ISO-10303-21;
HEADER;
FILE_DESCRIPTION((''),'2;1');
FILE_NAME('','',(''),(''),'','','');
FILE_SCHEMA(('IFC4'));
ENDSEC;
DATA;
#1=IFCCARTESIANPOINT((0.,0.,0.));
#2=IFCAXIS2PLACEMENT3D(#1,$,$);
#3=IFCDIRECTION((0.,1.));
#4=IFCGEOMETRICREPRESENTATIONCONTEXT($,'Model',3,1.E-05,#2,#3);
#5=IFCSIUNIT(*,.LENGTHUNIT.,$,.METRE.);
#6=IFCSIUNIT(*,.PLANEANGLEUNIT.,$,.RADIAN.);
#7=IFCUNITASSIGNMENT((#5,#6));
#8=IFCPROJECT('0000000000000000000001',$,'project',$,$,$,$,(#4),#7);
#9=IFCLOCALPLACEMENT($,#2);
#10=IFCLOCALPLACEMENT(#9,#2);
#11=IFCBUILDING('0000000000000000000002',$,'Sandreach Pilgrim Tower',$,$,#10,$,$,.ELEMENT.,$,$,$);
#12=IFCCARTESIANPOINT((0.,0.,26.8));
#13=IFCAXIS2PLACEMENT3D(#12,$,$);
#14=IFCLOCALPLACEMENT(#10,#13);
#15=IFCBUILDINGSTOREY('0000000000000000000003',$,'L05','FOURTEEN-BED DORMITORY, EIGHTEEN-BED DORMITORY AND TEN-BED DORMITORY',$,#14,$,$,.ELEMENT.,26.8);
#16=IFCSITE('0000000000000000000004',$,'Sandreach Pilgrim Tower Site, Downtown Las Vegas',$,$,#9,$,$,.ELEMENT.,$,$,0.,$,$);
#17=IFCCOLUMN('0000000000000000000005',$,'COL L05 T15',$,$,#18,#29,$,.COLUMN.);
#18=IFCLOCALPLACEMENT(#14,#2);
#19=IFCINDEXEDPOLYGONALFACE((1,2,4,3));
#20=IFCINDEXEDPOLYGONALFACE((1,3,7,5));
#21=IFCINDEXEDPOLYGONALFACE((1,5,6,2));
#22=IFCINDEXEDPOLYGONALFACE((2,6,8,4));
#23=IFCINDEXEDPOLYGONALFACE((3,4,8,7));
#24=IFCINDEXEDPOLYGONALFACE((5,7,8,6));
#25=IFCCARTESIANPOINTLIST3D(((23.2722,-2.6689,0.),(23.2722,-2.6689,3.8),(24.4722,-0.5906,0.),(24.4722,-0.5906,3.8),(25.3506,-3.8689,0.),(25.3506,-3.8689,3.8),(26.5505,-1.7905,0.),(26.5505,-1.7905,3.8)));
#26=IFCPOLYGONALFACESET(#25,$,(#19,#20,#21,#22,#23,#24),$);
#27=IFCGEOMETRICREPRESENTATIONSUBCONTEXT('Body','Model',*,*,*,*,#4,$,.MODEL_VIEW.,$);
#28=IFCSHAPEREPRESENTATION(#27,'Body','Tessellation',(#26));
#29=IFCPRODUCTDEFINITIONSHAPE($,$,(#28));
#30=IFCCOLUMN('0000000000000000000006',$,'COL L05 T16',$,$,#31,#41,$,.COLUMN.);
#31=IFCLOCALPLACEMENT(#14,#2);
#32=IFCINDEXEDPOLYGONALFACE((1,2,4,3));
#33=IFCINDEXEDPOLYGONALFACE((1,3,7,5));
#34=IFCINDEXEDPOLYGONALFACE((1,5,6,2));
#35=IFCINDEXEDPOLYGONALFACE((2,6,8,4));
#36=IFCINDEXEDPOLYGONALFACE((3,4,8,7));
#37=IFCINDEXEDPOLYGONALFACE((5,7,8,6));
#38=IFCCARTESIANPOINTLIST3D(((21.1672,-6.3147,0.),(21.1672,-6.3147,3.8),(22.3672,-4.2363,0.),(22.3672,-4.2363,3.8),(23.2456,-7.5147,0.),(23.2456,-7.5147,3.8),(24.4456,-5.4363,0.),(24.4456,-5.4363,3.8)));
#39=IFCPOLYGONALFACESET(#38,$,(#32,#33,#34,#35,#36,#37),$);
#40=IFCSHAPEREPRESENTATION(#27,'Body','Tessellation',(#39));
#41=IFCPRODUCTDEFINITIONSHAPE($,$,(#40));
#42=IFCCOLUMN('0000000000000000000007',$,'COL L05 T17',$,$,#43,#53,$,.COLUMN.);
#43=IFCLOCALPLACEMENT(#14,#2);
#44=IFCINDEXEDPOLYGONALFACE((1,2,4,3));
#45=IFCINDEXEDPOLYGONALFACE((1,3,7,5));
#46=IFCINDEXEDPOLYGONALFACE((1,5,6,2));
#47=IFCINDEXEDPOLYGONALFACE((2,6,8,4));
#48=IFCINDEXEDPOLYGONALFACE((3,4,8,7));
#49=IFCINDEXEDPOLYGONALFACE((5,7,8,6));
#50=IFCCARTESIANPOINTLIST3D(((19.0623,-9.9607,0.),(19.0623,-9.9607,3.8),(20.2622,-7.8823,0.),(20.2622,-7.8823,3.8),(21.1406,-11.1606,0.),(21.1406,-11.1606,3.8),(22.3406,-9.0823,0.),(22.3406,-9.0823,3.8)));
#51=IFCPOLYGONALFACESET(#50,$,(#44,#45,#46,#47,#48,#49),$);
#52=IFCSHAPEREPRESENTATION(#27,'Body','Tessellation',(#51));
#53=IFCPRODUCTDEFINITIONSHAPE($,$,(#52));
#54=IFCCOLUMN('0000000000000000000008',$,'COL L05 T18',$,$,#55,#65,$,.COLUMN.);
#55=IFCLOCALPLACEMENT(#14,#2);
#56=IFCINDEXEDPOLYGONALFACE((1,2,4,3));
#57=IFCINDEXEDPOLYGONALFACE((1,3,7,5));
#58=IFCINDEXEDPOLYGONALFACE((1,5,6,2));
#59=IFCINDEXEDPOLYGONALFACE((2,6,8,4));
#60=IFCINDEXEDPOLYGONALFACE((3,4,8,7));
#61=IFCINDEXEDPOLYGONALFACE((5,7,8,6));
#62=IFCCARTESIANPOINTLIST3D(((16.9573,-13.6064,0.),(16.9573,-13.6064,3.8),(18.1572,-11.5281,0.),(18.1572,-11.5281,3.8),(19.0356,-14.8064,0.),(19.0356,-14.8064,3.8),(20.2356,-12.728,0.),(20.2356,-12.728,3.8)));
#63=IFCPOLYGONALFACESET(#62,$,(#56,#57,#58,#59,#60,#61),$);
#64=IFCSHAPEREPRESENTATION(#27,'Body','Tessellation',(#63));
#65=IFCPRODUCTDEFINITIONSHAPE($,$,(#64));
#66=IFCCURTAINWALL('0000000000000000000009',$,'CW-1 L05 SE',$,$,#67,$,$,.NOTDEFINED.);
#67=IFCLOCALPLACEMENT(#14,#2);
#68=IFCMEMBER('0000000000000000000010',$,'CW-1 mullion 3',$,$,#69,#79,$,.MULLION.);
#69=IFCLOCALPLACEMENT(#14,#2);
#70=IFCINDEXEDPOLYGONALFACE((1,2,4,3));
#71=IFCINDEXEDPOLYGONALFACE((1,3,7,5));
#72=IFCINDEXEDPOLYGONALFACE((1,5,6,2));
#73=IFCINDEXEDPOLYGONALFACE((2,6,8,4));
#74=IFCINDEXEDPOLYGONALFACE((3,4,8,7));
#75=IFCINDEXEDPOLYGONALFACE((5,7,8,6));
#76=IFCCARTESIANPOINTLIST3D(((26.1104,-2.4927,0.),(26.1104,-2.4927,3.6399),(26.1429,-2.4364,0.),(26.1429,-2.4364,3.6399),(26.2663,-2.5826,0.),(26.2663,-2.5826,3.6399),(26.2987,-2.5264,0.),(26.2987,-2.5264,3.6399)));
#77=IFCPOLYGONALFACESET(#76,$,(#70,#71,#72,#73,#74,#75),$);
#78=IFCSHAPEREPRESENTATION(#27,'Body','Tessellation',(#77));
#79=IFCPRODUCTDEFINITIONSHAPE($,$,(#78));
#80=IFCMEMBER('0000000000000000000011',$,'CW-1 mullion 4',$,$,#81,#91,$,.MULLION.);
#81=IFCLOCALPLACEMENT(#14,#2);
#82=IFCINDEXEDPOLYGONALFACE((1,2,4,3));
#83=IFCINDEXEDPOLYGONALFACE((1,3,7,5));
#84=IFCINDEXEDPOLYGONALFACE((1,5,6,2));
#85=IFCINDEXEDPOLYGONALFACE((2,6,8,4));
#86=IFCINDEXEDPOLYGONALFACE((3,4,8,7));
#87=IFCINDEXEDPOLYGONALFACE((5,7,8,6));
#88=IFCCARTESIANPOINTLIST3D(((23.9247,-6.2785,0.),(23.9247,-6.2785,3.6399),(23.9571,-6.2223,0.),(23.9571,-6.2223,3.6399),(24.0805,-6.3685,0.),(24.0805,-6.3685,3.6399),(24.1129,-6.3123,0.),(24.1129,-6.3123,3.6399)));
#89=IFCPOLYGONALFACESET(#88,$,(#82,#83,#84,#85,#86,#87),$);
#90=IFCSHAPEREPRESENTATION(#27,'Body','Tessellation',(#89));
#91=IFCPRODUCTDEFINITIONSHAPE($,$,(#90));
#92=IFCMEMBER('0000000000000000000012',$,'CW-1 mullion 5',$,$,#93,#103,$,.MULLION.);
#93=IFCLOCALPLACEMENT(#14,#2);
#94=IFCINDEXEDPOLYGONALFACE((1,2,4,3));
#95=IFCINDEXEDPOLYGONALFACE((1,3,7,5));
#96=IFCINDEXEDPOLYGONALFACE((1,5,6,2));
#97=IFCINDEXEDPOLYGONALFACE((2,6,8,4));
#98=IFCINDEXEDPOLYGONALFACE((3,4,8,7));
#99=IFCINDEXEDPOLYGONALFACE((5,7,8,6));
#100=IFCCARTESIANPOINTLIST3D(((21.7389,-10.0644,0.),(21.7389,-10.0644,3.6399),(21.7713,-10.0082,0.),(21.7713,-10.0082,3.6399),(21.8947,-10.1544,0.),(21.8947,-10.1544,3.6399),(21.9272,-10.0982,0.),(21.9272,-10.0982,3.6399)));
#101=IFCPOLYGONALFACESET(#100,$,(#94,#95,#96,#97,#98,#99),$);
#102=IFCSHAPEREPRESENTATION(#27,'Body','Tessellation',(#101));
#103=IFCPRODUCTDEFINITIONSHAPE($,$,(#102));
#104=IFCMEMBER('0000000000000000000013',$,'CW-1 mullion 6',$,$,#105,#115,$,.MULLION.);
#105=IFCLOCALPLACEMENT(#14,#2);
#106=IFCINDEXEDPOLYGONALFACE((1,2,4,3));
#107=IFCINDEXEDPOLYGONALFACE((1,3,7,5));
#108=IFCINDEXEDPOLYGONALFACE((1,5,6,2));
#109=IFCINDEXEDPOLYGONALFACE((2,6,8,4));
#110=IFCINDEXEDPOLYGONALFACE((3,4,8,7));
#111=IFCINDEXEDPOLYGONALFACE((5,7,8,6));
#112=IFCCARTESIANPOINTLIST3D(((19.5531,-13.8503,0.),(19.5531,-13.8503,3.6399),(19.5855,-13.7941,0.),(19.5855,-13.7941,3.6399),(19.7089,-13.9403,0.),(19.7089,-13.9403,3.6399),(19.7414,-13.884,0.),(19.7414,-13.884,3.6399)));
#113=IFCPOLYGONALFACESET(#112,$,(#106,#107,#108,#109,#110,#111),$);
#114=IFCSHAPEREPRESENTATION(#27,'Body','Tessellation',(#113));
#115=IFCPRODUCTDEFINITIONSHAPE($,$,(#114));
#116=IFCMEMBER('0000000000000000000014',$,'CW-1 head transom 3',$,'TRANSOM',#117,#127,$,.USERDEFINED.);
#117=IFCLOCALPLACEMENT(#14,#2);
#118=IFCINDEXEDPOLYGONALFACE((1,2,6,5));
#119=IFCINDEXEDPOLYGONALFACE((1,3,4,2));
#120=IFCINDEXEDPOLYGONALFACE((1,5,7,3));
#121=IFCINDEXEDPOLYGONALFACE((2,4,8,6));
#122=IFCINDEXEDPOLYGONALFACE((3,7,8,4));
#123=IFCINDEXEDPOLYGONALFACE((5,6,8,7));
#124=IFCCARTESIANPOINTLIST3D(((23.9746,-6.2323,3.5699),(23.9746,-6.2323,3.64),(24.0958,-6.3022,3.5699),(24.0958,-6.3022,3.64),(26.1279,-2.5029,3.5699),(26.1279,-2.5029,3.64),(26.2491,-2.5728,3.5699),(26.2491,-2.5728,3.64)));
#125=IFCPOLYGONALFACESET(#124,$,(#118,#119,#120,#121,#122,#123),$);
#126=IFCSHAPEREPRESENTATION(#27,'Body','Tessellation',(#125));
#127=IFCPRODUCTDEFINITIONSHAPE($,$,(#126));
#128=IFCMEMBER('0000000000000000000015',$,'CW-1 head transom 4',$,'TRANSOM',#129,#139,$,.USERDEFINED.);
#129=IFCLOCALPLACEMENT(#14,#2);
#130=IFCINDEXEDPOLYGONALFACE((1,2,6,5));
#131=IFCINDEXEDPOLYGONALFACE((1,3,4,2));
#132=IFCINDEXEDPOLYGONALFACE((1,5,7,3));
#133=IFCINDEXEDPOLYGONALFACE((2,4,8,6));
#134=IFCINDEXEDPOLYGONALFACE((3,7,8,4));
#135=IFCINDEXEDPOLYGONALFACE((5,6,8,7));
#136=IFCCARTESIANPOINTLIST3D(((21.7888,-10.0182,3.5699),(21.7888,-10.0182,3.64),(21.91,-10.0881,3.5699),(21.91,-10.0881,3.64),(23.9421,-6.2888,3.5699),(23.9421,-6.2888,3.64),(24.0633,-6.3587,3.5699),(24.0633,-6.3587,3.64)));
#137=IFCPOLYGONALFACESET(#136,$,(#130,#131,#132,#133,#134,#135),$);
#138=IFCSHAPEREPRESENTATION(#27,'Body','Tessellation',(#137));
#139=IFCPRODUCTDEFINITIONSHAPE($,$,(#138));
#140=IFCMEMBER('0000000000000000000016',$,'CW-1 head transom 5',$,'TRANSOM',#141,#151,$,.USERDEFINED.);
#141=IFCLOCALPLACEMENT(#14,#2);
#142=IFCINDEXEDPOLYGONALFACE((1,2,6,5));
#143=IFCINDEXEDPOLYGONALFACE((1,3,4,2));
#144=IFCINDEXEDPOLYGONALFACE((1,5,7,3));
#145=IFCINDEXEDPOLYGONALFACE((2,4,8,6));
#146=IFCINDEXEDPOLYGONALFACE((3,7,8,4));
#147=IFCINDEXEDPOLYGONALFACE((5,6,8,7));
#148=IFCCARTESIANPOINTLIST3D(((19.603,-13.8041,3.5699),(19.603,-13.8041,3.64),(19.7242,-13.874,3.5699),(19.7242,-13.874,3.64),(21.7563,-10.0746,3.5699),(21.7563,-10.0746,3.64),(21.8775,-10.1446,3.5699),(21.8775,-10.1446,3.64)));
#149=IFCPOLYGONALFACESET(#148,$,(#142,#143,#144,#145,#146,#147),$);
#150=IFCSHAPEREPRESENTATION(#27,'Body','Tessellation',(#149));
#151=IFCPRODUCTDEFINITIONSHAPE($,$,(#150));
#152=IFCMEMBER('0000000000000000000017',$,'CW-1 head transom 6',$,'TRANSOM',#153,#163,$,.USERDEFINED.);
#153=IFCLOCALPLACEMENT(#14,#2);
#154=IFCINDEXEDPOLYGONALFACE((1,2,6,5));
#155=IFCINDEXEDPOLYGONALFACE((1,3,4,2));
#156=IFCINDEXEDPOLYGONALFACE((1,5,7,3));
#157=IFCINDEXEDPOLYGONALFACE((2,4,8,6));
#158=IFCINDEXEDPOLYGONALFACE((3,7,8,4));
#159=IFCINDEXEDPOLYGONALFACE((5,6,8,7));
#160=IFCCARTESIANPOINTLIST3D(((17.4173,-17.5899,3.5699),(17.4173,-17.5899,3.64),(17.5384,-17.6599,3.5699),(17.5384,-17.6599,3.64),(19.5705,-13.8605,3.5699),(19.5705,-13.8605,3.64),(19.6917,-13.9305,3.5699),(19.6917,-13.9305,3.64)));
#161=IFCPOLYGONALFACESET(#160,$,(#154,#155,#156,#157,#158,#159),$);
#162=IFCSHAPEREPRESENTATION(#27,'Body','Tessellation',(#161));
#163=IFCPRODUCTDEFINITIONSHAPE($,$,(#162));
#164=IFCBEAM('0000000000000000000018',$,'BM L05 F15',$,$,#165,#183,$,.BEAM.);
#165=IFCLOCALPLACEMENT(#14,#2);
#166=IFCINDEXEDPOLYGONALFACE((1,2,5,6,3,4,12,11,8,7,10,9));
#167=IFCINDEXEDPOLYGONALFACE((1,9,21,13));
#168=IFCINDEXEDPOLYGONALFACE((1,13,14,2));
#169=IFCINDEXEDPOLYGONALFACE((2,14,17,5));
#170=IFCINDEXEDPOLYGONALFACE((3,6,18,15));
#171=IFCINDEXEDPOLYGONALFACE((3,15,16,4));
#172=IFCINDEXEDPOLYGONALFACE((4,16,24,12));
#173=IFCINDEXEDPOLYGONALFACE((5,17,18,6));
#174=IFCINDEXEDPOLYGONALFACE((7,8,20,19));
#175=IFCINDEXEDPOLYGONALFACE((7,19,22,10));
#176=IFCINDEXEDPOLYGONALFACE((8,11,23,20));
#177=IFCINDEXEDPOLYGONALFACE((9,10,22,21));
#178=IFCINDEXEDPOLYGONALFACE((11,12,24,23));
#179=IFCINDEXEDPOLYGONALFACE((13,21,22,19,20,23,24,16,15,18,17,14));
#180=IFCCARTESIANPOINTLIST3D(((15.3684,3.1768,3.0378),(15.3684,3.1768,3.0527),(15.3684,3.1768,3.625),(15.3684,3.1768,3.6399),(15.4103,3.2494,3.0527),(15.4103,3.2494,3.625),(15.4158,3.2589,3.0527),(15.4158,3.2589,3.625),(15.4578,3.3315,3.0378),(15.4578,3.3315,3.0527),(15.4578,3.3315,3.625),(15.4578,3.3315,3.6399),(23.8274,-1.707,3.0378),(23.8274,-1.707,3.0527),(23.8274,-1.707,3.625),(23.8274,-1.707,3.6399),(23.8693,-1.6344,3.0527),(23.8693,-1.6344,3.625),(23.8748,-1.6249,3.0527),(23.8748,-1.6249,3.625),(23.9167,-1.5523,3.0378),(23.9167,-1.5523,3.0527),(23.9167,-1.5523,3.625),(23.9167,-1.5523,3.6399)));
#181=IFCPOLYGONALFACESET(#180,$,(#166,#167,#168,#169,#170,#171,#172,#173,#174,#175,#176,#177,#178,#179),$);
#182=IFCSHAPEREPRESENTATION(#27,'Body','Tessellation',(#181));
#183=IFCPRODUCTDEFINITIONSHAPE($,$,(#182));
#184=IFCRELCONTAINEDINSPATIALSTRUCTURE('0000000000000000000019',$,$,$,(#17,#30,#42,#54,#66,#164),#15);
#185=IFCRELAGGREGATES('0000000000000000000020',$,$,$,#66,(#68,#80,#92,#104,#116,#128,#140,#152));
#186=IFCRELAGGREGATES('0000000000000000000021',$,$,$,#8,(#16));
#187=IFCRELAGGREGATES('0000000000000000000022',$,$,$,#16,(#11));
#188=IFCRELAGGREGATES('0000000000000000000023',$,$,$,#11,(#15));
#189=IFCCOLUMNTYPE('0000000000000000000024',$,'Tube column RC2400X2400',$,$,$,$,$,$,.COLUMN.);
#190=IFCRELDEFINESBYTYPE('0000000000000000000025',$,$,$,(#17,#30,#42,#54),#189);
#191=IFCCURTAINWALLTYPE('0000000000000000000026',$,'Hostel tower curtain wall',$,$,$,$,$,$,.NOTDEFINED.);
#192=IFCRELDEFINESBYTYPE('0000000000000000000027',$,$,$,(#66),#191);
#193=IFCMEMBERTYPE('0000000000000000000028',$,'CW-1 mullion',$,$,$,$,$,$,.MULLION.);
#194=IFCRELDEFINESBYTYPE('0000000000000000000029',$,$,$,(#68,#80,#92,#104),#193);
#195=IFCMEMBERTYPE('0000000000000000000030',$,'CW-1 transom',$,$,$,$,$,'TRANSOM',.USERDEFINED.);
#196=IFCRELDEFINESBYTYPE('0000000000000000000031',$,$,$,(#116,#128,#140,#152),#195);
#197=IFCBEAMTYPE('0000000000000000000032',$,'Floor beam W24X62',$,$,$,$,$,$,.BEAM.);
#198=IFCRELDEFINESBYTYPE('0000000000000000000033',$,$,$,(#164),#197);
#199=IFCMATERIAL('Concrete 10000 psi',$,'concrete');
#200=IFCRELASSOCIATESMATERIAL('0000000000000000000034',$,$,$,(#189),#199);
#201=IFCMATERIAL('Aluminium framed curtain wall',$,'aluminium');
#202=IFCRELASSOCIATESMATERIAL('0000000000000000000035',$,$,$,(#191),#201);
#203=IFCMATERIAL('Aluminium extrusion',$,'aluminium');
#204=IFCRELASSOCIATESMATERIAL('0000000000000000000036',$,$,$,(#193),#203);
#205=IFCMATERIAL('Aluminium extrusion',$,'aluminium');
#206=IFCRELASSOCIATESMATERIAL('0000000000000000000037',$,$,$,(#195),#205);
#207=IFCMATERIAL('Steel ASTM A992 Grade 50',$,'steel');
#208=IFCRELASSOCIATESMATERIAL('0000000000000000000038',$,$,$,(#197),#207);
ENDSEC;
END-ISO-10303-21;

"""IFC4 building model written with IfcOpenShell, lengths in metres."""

from ifc_helpers import new_model, si_unit, direction, frame, origin, origin_2d, place, context, subcontext, project, spatial, rectangle, i_section, extrude, material, material_profile, profile_set, type_object, element, aggregate, save


model = new_model("IFC4")

# Units and contexts
model_context = context("Model", 3, precision=1e-05, world=origin(), true_north=direction((0.0, 1.0)))
body_context = subcontext(model_context, "Body", "Model", "MODEL_VIEW")
ifc_project = project(units=[si_unit("LENGTHUNIT", "METRE"), si_unit("PLANEANGLEUNIT", "RADIAN")], contexts=[model_context])

# Site, building, storey
site_placement = place(None, origin())
site = spatial("IfcSite", under=ifc_project, at=site_placement, Name="Sandreach Pilgrim Tower Site, Downtown Las Vegas", CompositionType="ELEMENT", RefElevation=0.0)
building_placement = place(site_placement, origin())
building = spatial("IfcBuilding", under=site, at=building_placement, Name="Sandreach Pilgrim Tower", CompositionType="ELEMENT")
storey_placement = place(building_placement, frame((0.0, 0.0, 26.8)))
storey = spatial("IfcBuildingStorey", under=building, at=storey_placement, Name="L05", Description="FOURTEEN-BED DORMITORY, EIGHTEEN-BED DORMITORY AND TEN-BED DORMITORY", CompositionType="ELEMENT", Elevation=26.8)

# Columns
ifc_material_1 = material(Name="Concrete 10000 psi", Category="concrete")
ifc_material_profile_1 = material_profile(ifc_material_1, rectangle(XDim=2.3999, YDim=2.3999, at=origin_2d()), Name="RC2400X2400")
ifc_profile_set_1 = profile_set([ifc_material_profile_1], Name="Concrete 10000 psi")
column_type = type_object("IfcColumnType", Name="Tube column RC2400X2400", PredefinedType="COLUMN", material=ifc_profile_set_1)
for number, where, z_axis, x_axis, name in (
    (1, (24.9114, -2.2297, 0.0), (0.0, 0.0, 1.0), (0.866025, -0.5, 0.0), "COL L05 T15"),
    (2, (22.8064, -5.8755, 0.0), (0.0, 0.0, 1.0), (0.866025, -0.5, 0.0), "COL L05 T16"),
    (3, (20.7014, -9.5215, 0.0), (0.0, 0.0, 1.0), (0.866025, -0.5, 0.0), "COL L05 T17"),
    (4, (18.5964, -13.1672, 0.0), (0.0, 0.0, 1.0), (0.866025, -0.5, 0.0), "COL L05 T18"),
):
    element("IfcColumn", number, at=place(storey_placement, frame(where, z_axis=z_axis, x_axis=x_axis)), inside=storey, type_object=column_type, Name=name, PredefinedType="COLUMN", context=body_context, shape_type="SweptSolid", body=[
        extrude(rectangle(XDim=2.3999, YDim=2.3999, at=origin_2d()), origin(), (0.0, 0.0, 1.0), 3.8),
    ])

# Curtain wall, members
ifc_material_2 = material(Name="Aluminium framed curtain wall", Category="aluminium")
curtain_wall_type = type_object("IfcCurtainWallType", Name="Hostel tower curtain wall", PredefinedType="NOTDEFINED", material=ifc_material_2)
curtain_wall_placement = place(storey_placement, origin())
curtain_wall = element("IfcCurtainWall", 5, at=curtain_wall_placement, inside=storey, type_object=curtain_wall_type, Name="CW-1 L05 SE", PredefinedType="NOTDEFINED")
ifc_material_3 = material(Name="Aluminium extrusion", Category="aluminium")
ifc_material_profile_2 = material_profile(ifc_material_3, rectangle(XDim=0.0649, YDim=0.1799, at=origin_2d()), Name="CW-1M 65X180")
ifc_profile_set_2 = profile_set([ifc_material_profile_2], Name="Aluminium extrusion")
member_type_1 = type_object("IfcMemberType", Name="CW-1 mullion", PredefinedType="MULLION", material=ifc_profile_set_2)
member_1_placement = place(storey_placement, frame((26.2046, -2.5095, 0.0), z_axis=(0.0, 0.0, 1.0), x_axis=(-0.5, -0.866025, 0.0)))
member_1 = element("IfcMember", 6, at=member_1_placement, type_object=member_type_1, Name="CW-1 mullion 3", PredefinedType="MULLION", context=body_context, shape_type="SweptSolid", body=[
    extrude(rectangle(XDim=0.0649, YDim=0.1799, at=origin_2d()), origin(), (0.0, 0.0, 1.0), 3.6399),
])
member_2_placement = place(storey_placement, frame((24.0188, -6.2954, 0.0), z_axis=(0.0, 0.0, 1.0), x_axis=(-0.5, -0.866025, 0.0)))
member_2 = element("IfcMember", 7, at=member_2_placement, type_object=member_type_1, Name="CW-1 mullion 4", PredefinedType="MULLION", context=body_context, shape_type="SweptSolid", body=[
    extrude(rectangle(XDim=0.0649, YDim=0.1799, at=origin_2d()), origin(), (0.0, 0.0, 1.0), 3.6399),
])
member_3_placement = place(storey_placement, frame((21.833, -10.0813, 0.0), z_axis=(0.0, 0.0, 1.0), x_axis=(-0.5, -0.866025, 0.0)))
member_3 = element("IfcMember", 8, at=member_3_placement, type_object=member_type_1, Name="CW-1 mullion 5", PredefinedType="MULLION", context=body_context, shape_type="SweptSolid", body=[
    extrude(rectangle(XDim=0.0649, YDim=0.1799, at=origin_2d()), origin(), (0.0, 0.0, 1.0), 3.6399),
])
member_4_placement = place(storey_placement, frame((19.6472, -13.8672, 0.0), z_axis=(0.0, 0.0, 1.0), x_axis=(-0.5, -0.866025, 0.0)))
member_4 = element("IfcMember", 9, at=member_4_placement, type_object=member_type_1, Name="CW-1 mullion 6", PredefinedType="MULLION", context=body_context, shape_type="SweptSolid", body=[
    extrude(rectangle(XDim=0.0649, YDim=0.1799, at=origin_2d()), origin(), (0.0, 0.0, 1.0), 3.6399),
])
ifc_material_4 = material(Name="Aluminium extrusion", Category="aluminium")
ifc_material_profile_3 = material_profile(ifc_material_4, rectangle(XDim=0.1399, YDim=0.0701, at=origin_2d()), Name="CW-1T 140X70")
ifc_profile_set_3 = profile_set([ifc_material_profile_3], Name="Aluminium extrusion")
member_type_2 = type_object("IfcMemberType", Name="CW-1 transom", ElementType="TRANSOM", PredefinedType="USERDEFINED", material=ifc_profile_set_3)
member_5_placement = place(storey_placement, frame((26.1885, -2.5378, 3.605), z_axis=(-0.500017, -0.866016, 0.0), x_axis=(0.866016, -0.500017, 0.0)))
member_5 = element("IfcMember", 10, at=member_5_placement, type_object=member_type_2, Name="CW-1 head transom 3", ObjectType="TRANSOM", PredefinedType="USERDEFINED", context=body_context, shape_type="SweptSolid", body=[
    extrude(rectangle(XDim=0.1399, YDim=0.0701, at=origin_2d()), origin(), (0.0, 0.0, 1.0), 4.3064),
])
member_6_placement = place(storey_placement, frame((24.0027, -6.3237, 3.605), z_axis=(-0.500017, -0.866016, 0.0), x_axis=(0.866016, -0.500017, 0.0)))
member_6 = element("IfcMember", 11, at=member_6_placement, type_object=member_type_2, Name="CW-1 head transom 4", ObjectType="TRANSOM", PredefinedType="USERDEFINED", context=body_context, shape_type="SweptSolid", body=[
    extrude(rectangle(XDim=0.1399, YDim=0.0701, at=origin_2d()), origin(), (0.0, 0.0, 1.0), 4.3064),
])
member_7_placement = place(storey_placement, frame((21.8169, -10.1096, 3.605), z_axis=(-0.500017, -0.866016, 0.0), x_axis=(0.866016, -0.500017, 0.0)))
member_7 = element("IfcMember", 12, at=member_7_placement, type_object=member_type_2, Name="CW-1 head transom 5", ObjectType="TRANSOM", PredefinedType="USERDEFINED", context=body_context, shape_type="SweptSolid", body=[
    extrude(rectangle(XDim=0.1399, YDim=0.0701, at=origin_2d()), origin(), (0.0, 0.0, 1.0), 4.3064),
])
member_8_placement = place(storey_placement, frame((19.6311, -13.8955, 3.605), z_axis=(-0.500017, -0.866016, 0.0), x_axis=(0.866016, -0.500017, 0.0)))
member_8 = element("IfcMember", 13, at=member_8_placement, type_object=member_type_2, Name="CW-1 head transom 6", ObjectType="TRANSOM", PredefinedType="USERDEFINED", context=body_context, shape_type="SweptSolid", body=[
    extrude(rectangle(XDim=0.1399, YDim=0.0701, at=origin_2d()), origin(), (0.0, 0.0, 1.0), 4.3064),
])

# Beam
ifc_material_5 = material(Name="Steel ASTM A992 Grade 50", Category="steel")
ifc_material_profile_4 = material_profile(ifc_material_5, i_section(OverallWidth=0.1787, OverallDepth=0.6021, WebThickness=0.011, FlangeThickness=0.0149, at=origin_2d()), Name="W24X62")
ifc_profile_set_4 = profile_set([ifc_material_profile_4], Name="Steel ASTM A992 Grade 50")
beam_type_1 = type_object("IfcBeamType", Name="Floor beam W24X62", PredefinedType="BEAM", material=ifc_profile_set_4)
beam_1_placement = place(storey_placement, frame((23.8721, -1.6296, 3.3389), z_axis=(-0.866026, 0.499999, 0.0), x_axis=(-0.499999, -0.866026, 0.0)))
element("IfcBeam", 14, at=beam_1_placement, inside=storey, type_object=beam_type_1, Name="BM L05 F15", PredefinedType="BEAM", context=body_context, shape_type="SweptSolid", body=[
    extrude(i_section(OverallWidth=0.1787, OverallDepth=0.6021, WebThickness=0.011, FlangeThickness=0.0149, at=origin_2d()), origin(), (0.0, 0.0, 1.0), 9.7676),
])

aggregate(curtain_wall, [member_1, member_2, member_3, member_4, member_5, member_6, member_7, member_8])

save(model, "model.ifc")
